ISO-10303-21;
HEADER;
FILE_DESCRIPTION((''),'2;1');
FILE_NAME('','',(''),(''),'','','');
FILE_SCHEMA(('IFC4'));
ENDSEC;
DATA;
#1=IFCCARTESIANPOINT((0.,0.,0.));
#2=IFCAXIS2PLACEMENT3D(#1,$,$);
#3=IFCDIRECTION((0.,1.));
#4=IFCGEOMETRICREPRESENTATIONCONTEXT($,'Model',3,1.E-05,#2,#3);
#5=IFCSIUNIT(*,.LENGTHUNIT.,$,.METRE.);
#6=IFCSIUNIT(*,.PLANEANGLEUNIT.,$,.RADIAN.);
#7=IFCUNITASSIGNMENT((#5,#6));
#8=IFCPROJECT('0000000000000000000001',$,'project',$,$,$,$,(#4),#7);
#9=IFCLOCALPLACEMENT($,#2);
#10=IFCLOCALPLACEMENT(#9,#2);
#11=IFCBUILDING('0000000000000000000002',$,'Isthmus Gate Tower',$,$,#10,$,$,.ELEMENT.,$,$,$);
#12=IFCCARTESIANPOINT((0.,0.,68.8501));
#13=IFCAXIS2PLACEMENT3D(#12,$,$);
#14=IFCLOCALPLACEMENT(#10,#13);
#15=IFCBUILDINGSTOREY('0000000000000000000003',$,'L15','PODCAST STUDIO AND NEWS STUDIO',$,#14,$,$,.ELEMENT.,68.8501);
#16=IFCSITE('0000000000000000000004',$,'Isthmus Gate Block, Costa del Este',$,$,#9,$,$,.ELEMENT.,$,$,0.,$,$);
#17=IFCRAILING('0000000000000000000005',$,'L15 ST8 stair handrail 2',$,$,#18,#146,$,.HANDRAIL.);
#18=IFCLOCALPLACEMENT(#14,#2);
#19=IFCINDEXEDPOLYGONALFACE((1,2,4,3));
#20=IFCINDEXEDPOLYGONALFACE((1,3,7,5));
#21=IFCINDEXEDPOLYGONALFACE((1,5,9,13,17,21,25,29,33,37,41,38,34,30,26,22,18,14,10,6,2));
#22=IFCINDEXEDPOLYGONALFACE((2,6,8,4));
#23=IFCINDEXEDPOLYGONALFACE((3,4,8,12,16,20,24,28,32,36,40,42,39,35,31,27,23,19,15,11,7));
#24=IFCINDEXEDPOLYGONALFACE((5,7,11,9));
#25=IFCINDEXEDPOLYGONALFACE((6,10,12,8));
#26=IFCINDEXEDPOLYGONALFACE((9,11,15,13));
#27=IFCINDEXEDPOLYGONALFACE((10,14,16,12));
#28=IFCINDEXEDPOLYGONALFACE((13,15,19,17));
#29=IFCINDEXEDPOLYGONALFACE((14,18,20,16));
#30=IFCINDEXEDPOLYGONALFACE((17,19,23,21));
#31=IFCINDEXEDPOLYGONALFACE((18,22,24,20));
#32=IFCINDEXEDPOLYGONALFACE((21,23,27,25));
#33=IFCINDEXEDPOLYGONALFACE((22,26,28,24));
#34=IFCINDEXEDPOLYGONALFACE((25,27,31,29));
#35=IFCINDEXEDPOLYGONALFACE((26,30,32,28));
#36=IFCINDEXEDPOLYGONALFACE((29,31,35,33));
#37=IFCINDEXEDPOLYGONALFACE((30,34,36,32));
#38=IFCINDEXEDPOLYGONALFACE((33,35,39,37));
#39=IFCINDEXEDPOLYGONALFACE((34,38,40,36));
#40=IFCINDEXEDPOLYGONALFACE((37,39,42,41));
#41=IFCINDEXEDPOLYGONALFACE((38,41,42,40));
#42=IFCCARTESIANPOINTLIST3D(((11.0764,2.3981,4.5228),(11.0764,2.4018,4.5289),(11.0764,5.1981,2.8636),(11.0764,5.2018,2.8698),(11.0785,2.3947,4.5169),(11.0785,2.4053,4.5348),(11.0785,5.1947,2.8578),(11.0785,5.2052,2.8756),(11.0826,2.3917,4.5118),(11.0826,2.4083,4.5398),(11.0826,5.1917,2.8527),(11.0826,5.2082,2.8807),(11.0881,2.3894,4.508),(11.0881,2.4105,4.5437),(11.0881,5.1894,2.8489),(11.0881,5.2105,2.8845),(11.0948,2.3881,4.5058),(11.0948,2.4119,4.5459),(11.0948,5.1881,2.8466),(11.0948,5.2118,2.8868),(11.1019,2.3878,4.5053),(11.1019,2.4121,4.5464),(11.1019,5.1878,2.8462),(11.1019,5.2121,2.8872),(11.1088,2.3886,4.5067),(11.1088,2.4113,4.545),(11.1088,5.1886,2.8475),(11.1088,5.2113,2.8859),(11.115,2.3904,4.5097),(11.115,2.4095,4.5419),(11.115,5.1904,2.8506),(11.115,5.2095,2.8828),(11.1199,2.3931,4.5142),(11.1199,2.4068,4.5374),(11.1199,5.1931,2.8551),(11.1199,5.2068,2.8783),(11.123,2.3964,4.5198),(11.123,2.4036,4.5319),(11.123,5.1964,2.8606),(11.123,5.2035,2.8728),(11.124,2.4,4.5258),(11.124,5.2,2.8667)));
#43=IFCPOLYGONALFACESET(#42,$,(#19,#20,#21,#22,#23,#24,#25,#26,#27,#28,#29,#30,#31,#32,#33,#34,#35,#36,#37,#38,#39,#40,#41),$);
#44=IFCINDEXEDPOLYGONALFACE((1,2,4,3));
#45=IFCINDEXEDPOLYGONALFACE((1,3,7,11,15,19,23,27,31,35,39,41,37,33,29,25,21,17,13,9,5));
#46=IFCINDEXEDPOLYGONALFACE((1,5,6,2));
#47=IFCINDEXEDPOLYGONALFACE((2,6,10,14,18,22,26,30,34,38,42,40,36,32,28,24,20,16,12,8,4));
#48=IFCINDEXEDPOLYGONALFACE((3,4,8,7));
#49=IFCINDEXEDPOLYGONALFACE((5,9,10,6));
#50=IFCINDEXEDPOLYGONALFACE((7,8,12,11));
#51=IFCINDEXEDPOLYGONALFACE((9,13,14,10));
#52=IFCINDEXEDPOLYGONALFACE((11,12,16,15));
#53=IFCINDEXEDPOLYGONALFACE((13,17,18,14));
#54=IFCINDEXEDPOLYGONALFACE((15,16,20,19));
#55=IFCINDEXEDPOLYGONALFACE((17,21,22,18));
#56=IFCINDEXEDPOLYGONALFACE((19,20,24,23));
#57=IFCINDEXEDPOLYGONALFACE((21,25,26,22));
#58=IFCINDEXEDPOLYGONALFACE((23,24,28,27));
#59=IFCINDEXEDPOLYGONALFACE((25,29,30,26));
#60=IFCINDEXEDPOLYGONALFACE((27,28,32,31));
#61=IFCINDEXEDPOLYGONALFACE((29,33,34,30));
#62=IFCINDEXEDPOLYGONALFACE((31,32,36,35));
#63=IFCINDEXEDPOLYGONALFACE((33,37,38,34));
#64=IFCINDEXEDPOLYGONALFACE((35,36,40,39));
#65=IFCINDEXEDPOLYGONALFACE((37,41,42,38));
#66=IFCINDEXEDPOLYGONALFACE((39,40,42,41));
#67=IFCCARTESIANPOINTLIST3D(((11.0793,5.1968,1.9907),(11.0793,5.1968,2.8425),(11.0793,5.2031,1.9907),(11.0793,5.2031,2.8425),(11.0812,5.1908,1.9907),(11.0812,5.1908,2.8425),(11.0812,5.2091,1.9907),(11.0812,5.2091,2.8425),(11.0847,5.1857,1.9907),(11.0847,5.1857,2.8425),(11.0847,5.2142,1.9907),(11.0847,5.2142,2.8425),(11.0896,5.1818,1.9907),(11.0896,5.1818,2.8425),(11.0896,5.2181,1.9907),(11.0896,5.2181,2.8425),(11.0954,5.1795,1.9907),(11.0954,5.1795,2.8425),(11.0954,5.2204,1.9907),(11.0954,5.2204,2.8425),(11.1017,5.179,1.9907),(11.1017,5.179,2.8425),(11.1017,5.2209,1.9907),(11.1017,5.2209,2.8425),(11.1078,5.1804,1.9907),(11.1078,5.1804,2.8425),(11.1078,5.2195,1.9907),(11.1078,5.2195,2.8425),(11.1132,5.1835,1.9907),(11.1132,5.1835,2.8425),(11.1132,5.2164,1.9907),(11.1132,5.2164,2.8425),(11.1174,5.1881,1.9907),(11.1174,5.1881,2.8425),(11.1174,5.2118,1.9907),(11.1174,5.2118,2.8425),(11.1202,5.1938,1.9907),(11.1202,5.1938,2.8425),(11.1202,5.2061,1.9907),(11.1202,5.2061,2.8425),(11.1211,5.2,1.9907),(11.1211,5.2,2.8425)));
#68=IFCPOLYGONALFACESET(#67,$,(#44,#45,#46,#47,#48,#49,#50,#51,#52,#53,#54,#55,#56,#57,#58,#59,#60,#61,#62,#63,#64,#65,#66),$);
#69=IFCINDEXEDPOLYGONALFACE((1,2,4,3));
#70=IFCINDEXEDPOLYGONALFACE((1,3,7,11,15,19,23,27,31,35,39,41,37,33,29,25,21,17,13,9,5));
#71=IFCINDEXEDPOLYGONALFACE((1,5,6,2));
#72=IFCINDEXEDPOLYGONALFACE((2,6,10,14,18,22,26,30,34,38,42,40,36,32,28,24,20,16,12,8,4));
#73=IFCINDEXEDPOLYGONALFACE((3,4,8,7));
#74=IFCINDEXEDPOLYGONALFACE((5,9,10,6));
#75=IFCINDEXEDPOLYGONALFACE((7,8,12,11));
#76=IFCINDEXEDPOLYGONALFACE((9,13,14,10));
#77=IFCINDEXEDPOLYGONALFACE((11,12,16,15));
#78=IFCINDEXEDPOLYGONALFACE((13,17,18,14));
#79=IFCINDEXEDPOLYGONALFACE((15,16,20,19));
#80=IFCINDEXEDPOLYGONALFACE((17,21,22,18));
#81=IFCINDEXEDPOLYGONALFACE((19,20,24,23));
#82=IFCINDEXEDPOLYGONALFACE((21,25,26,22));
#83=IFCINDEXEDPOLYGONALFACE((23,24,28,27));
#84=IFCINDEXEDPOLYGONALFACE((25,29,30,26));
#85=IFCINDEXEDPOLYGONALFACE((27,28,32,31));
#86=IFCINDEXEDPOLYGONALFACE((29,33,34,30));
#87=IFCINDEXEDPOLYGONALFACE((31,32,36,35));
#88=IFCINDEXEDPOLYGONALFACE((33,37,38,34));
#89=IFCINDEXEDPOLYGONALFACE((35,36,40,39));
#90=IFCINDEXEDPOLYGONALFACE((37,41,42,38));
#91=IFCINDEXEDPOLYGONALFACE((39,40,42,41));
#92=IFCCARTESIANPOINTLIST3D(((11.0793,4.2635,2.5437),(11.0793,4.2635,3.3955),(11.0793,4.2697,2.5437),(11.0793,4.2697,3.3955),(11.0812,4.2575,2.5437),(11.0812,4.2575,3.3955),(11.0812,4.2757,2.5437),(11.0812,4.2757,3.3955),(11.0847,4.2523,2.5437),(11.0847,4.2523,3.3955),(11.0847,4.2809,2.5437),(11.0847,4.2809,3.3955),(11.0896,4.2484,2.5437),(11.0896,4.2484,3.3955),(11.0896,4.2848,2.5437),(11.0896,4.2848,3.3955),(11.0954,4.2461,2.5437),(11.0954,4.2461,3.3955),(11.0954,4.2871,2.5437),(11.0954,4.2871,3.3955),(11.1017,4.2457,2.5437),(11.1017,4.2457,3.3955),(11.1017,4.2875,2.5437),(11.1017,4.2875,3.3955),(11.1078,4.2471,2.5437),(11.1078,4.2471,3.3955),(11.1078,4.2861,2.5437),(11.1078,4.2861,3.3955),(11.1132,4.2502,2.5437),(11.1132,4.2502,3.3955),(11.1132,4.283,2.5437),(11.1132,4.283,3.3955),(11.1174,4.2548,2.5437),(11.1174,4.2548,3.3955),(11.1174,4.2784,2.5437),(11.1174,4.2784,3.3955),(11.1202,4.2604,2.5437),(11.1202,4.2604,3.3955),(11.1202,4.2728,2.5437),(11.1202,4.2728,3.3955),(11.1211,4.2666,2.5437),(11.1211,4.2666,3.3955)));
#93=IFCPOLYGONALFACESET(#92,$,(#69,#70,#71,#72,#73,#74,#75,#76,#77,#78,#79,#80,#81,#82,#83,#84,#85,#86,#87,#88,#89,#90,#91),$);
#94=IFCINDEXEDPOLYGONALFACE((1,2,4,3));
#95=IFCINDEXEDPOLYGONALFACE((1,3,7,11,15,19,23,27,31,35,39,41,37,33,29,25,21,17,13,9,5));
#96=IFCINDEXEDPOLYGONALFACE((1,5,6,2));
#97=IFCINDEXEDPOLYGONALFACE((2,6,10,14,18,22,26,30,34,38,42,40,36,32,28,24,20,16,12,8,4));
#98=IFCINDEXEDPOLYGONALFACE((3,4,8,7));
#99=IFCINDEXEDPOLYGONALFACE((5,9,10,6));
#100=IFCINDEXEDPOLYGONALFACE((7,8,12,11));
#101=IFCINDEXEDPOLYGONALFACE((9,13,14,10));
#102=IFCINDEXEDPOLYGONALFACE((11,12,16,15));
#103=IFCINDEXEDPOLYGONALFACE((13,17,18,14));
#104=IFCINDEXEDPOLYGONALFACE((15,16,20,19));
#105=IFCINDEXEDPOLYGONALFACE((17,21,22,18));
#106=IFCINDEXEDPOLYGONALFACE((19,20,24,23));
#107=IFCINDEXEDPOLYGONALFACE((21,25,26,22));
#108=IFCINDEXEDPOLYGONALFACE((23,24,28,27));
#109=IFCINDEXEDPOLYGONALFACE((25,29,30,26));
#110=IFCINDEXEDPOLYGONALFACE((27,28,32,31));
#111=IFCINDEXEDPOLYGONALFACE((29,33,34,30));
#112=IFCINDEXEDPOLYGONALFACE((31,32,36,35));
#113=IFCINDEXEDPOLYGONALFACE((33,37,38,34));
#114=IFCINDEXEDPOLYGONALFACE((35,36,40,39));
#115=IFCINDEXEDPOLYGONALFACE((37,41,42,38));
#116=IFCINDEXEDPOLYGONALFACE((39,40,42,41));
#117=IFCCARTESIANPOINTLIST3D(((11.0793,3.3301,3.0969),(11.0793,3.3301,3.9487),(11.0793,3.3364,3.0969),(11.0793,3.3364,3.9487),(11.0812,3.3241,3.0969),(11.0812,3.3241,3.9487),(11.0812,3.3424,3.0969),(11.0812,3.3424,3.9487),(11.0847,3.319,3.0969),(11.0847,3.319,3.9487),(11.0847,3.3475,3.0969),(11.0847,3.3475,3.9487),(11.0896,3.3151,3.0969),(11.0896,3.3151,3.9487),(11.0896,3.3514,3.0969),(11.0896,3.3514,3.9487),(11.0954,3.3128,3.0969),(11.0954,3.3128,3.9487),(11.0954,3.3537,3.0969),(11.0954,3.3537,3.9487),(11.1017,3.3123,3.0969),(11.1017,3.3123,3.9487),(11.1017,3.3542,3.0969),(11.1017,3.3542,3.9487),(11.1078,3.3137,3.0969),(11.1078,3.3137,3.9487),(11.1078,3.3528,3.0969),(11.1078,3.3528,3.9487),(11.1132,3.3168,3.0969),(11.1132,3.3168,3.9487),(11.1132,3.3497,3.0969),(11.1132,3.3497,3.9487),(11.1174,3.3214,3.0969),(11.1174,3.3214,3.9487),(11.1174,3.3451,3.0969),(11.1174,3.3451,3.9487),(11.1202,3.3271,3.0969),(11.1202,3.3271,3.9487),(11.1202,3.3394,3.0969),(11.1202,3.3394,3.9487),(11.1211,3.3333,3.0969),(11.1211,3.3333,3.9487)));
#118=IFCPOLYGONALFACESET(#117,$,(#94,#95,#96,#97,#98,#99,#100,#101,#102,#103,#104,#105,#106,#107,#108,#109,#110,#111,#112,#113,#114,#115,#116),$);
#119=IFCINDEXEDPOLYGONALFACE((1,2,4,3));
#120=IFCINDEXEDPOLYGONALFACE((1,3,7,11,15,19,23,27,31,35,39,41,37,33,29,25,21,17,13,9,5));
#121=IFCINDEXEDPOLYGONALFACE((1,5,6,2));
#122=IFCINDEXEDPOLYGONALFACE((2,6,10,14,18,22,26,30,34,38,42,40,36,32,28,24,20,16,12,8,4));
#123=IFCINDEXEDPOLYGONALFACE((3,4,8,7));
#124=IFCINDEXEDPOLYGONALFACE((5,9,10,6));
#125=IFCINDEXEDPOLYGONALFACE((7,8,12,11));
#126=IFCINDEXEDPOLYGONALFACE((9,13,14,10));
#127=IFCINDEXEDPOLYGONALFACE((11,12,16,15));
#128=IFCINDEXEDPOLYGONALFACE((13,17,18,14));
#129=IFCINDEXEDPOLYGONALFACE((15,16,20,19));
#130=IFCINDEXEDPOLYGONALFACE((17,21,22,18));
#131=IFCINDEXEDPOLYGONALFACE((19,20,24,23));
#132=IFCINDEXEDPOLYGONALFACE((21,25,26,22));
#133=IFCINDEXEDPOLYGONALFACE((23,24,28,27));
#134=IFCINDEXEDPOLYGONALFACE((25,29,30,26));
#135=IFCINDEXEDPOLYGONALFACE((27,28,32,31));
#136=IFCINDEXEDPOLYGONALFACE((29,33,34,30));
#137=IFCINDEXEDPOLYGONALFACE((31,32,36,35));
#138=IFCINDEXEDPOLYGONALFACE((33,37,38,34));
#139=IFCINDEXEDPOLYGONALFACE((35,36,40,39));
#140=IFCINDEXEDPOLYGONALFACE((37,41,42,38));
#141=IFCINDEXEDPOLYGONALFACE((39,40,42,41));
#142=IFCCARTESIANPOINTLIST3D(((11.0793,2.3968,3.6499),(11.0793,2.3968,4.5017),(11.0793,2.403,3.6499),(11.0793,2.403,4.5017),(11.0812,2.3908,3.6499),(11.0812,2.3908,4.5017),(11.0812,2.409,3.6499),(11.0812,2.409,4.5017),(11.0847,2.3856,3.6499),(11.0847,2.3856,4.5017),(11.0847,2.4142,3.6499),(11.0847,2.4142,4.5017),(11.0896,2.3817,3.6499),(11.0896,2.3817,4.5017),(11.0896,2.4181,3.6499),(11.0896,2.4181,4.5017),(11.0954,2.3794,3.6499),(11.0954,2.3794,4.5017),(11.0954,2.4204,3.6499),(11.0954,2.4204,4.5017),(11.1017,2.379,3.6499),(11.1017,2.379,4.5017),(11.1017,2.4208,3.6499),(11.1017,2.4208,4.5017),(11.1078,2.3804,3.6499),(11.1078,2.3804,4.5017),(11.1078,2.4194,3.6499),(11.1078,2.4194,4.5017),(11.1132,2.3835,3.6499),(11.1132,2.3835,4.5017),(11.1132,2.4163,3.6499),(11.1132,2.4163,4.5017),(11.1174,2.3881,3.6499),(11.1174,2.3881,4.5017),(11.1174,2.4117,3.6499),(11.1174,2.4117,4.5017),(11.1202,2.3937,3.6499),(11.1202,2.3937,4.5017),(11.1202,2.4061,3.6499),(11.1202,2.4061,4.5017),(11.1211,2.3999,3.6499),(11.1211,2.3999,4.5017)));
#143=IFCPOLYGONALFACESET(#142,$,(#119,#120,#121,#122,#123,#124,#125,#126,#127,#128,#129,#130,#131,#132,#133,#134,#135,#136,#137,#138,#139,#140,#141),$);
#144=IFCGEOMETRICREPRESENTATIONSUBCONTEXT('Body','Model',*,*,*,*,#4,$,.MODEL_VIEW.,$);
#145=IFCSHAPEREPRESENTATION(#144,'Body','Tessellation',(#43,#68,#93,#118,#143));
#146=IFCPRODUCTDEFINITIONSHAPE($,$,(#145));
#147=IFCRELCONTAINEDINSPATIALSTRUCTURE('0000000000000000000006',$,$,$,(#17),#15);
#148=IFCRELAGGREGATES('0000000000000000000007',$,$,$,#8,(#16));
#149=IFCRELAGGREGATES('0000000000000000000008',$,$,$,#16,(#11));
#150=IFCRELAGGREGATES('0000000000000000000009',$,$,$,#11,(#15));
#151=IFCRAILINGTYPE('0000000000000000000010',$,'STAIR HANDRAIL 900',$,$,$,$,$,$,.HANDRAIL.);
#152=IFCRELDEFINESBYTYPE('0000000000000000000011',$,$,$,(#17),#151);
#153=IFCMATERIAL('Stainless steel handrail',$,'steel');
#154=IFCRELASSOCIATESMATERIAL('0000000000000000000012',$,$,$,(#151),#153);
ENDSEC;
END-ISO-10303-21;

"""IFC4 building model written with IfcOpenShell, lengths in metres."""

from ifc_helpers import new_model, si_unit, direction, frame, origin, origin_2d, place, context, subcontext, project, spatial, circle, extrude, material, type_object, element, save


model = new_model("IFC4")

# Units and contexts
model_context = context("Model", 3, precision=1e-05, world=origin(), true_north=direction((0.0, 1.0)))
body_context = subcontext(model_context, "Body", "Model", "MODEL_VIEW")
ifc_project = project(units=[si_unit("LENGTHUNIT", "METRE"), si_unit("PLANEANGLEUNIT", "RADIAN")], contexts=[model_context])

# Site, building, storey
site_placement = place(None, origin())
site = spatial("IfcSite", under=ifc_project, at=site_placement, Name="Isthmus Gate Block, Costa del Este", CompositionType="ELEMENT", RefElevation=0.0)
building_placement = place(site_placement, origin())
building = spatial("IfcBuilding", under=site, at=building_placement, Name="Isthmus Gate Tower", CompositionType="ELEMENT")
storey_placement = place(building_placement, frame((0.0, 0.0, 68.8501)))
storey = spatial("IfcBuildingStorey", under=building, at=storey_placement, Name="L15", Description="PODCAST STUDIO AND NEWS STUDIO", CompositionType="ELEMENT", Elevation=68.8501)

# Railing
ifc_material_1 = material(Name="Stainless steel handrail", Category="steel")
railing_type_1 = type_object("IfcRailingType", Name="STAIR HANDRAIL 900", PredefinedType="HANDRAIL", material=ifc_material_1)
railing_1_placement = place(storey_placement, frame((11.1001, 5.2, 1.9907)))
element("IfcRailing", 1, at=railing_1_placement, inside=storey, type_object=railing_type_1, Name="L15 ST8 stair handrail 2", PredefinedType="HANDRAIL", context=body_context, shape_type="SweptSolid", body=[
    extrude(circle(Radius=0.0239, at=origin_2d()), frame((0.0, 0.0, 0.876), z_axis=(0.0, -0.860306, 0.509778), x_axis=(1.0, 0.0, 0.0)), (0.0, 0.0, 1.0), 3.2546),
    extrude(circle(Radius=0.021, at=origin_2d()), origin(), (0.0, 0.0, 1.0), 0.8518),
    extrude(circle(Radius=0.021, at=origin_2d()), frame((0.0, -0.9333, 0.553)), (0.0, 0.0, 1.0), 0.8518),
    extrude(circle(Radius=0.021, at=origin_2d()), frame((0.0, -1.8667, 1.1062)), (0.0, 0.0, 1.0), 0.8518),
    extrude(circle(Radius=0.021, at=origin_2d()), frame((0.0, -2.8, 1.6592)), (0.0, 0.0, 1.0), 0.8518),
])

save(model, "model.ifc")
